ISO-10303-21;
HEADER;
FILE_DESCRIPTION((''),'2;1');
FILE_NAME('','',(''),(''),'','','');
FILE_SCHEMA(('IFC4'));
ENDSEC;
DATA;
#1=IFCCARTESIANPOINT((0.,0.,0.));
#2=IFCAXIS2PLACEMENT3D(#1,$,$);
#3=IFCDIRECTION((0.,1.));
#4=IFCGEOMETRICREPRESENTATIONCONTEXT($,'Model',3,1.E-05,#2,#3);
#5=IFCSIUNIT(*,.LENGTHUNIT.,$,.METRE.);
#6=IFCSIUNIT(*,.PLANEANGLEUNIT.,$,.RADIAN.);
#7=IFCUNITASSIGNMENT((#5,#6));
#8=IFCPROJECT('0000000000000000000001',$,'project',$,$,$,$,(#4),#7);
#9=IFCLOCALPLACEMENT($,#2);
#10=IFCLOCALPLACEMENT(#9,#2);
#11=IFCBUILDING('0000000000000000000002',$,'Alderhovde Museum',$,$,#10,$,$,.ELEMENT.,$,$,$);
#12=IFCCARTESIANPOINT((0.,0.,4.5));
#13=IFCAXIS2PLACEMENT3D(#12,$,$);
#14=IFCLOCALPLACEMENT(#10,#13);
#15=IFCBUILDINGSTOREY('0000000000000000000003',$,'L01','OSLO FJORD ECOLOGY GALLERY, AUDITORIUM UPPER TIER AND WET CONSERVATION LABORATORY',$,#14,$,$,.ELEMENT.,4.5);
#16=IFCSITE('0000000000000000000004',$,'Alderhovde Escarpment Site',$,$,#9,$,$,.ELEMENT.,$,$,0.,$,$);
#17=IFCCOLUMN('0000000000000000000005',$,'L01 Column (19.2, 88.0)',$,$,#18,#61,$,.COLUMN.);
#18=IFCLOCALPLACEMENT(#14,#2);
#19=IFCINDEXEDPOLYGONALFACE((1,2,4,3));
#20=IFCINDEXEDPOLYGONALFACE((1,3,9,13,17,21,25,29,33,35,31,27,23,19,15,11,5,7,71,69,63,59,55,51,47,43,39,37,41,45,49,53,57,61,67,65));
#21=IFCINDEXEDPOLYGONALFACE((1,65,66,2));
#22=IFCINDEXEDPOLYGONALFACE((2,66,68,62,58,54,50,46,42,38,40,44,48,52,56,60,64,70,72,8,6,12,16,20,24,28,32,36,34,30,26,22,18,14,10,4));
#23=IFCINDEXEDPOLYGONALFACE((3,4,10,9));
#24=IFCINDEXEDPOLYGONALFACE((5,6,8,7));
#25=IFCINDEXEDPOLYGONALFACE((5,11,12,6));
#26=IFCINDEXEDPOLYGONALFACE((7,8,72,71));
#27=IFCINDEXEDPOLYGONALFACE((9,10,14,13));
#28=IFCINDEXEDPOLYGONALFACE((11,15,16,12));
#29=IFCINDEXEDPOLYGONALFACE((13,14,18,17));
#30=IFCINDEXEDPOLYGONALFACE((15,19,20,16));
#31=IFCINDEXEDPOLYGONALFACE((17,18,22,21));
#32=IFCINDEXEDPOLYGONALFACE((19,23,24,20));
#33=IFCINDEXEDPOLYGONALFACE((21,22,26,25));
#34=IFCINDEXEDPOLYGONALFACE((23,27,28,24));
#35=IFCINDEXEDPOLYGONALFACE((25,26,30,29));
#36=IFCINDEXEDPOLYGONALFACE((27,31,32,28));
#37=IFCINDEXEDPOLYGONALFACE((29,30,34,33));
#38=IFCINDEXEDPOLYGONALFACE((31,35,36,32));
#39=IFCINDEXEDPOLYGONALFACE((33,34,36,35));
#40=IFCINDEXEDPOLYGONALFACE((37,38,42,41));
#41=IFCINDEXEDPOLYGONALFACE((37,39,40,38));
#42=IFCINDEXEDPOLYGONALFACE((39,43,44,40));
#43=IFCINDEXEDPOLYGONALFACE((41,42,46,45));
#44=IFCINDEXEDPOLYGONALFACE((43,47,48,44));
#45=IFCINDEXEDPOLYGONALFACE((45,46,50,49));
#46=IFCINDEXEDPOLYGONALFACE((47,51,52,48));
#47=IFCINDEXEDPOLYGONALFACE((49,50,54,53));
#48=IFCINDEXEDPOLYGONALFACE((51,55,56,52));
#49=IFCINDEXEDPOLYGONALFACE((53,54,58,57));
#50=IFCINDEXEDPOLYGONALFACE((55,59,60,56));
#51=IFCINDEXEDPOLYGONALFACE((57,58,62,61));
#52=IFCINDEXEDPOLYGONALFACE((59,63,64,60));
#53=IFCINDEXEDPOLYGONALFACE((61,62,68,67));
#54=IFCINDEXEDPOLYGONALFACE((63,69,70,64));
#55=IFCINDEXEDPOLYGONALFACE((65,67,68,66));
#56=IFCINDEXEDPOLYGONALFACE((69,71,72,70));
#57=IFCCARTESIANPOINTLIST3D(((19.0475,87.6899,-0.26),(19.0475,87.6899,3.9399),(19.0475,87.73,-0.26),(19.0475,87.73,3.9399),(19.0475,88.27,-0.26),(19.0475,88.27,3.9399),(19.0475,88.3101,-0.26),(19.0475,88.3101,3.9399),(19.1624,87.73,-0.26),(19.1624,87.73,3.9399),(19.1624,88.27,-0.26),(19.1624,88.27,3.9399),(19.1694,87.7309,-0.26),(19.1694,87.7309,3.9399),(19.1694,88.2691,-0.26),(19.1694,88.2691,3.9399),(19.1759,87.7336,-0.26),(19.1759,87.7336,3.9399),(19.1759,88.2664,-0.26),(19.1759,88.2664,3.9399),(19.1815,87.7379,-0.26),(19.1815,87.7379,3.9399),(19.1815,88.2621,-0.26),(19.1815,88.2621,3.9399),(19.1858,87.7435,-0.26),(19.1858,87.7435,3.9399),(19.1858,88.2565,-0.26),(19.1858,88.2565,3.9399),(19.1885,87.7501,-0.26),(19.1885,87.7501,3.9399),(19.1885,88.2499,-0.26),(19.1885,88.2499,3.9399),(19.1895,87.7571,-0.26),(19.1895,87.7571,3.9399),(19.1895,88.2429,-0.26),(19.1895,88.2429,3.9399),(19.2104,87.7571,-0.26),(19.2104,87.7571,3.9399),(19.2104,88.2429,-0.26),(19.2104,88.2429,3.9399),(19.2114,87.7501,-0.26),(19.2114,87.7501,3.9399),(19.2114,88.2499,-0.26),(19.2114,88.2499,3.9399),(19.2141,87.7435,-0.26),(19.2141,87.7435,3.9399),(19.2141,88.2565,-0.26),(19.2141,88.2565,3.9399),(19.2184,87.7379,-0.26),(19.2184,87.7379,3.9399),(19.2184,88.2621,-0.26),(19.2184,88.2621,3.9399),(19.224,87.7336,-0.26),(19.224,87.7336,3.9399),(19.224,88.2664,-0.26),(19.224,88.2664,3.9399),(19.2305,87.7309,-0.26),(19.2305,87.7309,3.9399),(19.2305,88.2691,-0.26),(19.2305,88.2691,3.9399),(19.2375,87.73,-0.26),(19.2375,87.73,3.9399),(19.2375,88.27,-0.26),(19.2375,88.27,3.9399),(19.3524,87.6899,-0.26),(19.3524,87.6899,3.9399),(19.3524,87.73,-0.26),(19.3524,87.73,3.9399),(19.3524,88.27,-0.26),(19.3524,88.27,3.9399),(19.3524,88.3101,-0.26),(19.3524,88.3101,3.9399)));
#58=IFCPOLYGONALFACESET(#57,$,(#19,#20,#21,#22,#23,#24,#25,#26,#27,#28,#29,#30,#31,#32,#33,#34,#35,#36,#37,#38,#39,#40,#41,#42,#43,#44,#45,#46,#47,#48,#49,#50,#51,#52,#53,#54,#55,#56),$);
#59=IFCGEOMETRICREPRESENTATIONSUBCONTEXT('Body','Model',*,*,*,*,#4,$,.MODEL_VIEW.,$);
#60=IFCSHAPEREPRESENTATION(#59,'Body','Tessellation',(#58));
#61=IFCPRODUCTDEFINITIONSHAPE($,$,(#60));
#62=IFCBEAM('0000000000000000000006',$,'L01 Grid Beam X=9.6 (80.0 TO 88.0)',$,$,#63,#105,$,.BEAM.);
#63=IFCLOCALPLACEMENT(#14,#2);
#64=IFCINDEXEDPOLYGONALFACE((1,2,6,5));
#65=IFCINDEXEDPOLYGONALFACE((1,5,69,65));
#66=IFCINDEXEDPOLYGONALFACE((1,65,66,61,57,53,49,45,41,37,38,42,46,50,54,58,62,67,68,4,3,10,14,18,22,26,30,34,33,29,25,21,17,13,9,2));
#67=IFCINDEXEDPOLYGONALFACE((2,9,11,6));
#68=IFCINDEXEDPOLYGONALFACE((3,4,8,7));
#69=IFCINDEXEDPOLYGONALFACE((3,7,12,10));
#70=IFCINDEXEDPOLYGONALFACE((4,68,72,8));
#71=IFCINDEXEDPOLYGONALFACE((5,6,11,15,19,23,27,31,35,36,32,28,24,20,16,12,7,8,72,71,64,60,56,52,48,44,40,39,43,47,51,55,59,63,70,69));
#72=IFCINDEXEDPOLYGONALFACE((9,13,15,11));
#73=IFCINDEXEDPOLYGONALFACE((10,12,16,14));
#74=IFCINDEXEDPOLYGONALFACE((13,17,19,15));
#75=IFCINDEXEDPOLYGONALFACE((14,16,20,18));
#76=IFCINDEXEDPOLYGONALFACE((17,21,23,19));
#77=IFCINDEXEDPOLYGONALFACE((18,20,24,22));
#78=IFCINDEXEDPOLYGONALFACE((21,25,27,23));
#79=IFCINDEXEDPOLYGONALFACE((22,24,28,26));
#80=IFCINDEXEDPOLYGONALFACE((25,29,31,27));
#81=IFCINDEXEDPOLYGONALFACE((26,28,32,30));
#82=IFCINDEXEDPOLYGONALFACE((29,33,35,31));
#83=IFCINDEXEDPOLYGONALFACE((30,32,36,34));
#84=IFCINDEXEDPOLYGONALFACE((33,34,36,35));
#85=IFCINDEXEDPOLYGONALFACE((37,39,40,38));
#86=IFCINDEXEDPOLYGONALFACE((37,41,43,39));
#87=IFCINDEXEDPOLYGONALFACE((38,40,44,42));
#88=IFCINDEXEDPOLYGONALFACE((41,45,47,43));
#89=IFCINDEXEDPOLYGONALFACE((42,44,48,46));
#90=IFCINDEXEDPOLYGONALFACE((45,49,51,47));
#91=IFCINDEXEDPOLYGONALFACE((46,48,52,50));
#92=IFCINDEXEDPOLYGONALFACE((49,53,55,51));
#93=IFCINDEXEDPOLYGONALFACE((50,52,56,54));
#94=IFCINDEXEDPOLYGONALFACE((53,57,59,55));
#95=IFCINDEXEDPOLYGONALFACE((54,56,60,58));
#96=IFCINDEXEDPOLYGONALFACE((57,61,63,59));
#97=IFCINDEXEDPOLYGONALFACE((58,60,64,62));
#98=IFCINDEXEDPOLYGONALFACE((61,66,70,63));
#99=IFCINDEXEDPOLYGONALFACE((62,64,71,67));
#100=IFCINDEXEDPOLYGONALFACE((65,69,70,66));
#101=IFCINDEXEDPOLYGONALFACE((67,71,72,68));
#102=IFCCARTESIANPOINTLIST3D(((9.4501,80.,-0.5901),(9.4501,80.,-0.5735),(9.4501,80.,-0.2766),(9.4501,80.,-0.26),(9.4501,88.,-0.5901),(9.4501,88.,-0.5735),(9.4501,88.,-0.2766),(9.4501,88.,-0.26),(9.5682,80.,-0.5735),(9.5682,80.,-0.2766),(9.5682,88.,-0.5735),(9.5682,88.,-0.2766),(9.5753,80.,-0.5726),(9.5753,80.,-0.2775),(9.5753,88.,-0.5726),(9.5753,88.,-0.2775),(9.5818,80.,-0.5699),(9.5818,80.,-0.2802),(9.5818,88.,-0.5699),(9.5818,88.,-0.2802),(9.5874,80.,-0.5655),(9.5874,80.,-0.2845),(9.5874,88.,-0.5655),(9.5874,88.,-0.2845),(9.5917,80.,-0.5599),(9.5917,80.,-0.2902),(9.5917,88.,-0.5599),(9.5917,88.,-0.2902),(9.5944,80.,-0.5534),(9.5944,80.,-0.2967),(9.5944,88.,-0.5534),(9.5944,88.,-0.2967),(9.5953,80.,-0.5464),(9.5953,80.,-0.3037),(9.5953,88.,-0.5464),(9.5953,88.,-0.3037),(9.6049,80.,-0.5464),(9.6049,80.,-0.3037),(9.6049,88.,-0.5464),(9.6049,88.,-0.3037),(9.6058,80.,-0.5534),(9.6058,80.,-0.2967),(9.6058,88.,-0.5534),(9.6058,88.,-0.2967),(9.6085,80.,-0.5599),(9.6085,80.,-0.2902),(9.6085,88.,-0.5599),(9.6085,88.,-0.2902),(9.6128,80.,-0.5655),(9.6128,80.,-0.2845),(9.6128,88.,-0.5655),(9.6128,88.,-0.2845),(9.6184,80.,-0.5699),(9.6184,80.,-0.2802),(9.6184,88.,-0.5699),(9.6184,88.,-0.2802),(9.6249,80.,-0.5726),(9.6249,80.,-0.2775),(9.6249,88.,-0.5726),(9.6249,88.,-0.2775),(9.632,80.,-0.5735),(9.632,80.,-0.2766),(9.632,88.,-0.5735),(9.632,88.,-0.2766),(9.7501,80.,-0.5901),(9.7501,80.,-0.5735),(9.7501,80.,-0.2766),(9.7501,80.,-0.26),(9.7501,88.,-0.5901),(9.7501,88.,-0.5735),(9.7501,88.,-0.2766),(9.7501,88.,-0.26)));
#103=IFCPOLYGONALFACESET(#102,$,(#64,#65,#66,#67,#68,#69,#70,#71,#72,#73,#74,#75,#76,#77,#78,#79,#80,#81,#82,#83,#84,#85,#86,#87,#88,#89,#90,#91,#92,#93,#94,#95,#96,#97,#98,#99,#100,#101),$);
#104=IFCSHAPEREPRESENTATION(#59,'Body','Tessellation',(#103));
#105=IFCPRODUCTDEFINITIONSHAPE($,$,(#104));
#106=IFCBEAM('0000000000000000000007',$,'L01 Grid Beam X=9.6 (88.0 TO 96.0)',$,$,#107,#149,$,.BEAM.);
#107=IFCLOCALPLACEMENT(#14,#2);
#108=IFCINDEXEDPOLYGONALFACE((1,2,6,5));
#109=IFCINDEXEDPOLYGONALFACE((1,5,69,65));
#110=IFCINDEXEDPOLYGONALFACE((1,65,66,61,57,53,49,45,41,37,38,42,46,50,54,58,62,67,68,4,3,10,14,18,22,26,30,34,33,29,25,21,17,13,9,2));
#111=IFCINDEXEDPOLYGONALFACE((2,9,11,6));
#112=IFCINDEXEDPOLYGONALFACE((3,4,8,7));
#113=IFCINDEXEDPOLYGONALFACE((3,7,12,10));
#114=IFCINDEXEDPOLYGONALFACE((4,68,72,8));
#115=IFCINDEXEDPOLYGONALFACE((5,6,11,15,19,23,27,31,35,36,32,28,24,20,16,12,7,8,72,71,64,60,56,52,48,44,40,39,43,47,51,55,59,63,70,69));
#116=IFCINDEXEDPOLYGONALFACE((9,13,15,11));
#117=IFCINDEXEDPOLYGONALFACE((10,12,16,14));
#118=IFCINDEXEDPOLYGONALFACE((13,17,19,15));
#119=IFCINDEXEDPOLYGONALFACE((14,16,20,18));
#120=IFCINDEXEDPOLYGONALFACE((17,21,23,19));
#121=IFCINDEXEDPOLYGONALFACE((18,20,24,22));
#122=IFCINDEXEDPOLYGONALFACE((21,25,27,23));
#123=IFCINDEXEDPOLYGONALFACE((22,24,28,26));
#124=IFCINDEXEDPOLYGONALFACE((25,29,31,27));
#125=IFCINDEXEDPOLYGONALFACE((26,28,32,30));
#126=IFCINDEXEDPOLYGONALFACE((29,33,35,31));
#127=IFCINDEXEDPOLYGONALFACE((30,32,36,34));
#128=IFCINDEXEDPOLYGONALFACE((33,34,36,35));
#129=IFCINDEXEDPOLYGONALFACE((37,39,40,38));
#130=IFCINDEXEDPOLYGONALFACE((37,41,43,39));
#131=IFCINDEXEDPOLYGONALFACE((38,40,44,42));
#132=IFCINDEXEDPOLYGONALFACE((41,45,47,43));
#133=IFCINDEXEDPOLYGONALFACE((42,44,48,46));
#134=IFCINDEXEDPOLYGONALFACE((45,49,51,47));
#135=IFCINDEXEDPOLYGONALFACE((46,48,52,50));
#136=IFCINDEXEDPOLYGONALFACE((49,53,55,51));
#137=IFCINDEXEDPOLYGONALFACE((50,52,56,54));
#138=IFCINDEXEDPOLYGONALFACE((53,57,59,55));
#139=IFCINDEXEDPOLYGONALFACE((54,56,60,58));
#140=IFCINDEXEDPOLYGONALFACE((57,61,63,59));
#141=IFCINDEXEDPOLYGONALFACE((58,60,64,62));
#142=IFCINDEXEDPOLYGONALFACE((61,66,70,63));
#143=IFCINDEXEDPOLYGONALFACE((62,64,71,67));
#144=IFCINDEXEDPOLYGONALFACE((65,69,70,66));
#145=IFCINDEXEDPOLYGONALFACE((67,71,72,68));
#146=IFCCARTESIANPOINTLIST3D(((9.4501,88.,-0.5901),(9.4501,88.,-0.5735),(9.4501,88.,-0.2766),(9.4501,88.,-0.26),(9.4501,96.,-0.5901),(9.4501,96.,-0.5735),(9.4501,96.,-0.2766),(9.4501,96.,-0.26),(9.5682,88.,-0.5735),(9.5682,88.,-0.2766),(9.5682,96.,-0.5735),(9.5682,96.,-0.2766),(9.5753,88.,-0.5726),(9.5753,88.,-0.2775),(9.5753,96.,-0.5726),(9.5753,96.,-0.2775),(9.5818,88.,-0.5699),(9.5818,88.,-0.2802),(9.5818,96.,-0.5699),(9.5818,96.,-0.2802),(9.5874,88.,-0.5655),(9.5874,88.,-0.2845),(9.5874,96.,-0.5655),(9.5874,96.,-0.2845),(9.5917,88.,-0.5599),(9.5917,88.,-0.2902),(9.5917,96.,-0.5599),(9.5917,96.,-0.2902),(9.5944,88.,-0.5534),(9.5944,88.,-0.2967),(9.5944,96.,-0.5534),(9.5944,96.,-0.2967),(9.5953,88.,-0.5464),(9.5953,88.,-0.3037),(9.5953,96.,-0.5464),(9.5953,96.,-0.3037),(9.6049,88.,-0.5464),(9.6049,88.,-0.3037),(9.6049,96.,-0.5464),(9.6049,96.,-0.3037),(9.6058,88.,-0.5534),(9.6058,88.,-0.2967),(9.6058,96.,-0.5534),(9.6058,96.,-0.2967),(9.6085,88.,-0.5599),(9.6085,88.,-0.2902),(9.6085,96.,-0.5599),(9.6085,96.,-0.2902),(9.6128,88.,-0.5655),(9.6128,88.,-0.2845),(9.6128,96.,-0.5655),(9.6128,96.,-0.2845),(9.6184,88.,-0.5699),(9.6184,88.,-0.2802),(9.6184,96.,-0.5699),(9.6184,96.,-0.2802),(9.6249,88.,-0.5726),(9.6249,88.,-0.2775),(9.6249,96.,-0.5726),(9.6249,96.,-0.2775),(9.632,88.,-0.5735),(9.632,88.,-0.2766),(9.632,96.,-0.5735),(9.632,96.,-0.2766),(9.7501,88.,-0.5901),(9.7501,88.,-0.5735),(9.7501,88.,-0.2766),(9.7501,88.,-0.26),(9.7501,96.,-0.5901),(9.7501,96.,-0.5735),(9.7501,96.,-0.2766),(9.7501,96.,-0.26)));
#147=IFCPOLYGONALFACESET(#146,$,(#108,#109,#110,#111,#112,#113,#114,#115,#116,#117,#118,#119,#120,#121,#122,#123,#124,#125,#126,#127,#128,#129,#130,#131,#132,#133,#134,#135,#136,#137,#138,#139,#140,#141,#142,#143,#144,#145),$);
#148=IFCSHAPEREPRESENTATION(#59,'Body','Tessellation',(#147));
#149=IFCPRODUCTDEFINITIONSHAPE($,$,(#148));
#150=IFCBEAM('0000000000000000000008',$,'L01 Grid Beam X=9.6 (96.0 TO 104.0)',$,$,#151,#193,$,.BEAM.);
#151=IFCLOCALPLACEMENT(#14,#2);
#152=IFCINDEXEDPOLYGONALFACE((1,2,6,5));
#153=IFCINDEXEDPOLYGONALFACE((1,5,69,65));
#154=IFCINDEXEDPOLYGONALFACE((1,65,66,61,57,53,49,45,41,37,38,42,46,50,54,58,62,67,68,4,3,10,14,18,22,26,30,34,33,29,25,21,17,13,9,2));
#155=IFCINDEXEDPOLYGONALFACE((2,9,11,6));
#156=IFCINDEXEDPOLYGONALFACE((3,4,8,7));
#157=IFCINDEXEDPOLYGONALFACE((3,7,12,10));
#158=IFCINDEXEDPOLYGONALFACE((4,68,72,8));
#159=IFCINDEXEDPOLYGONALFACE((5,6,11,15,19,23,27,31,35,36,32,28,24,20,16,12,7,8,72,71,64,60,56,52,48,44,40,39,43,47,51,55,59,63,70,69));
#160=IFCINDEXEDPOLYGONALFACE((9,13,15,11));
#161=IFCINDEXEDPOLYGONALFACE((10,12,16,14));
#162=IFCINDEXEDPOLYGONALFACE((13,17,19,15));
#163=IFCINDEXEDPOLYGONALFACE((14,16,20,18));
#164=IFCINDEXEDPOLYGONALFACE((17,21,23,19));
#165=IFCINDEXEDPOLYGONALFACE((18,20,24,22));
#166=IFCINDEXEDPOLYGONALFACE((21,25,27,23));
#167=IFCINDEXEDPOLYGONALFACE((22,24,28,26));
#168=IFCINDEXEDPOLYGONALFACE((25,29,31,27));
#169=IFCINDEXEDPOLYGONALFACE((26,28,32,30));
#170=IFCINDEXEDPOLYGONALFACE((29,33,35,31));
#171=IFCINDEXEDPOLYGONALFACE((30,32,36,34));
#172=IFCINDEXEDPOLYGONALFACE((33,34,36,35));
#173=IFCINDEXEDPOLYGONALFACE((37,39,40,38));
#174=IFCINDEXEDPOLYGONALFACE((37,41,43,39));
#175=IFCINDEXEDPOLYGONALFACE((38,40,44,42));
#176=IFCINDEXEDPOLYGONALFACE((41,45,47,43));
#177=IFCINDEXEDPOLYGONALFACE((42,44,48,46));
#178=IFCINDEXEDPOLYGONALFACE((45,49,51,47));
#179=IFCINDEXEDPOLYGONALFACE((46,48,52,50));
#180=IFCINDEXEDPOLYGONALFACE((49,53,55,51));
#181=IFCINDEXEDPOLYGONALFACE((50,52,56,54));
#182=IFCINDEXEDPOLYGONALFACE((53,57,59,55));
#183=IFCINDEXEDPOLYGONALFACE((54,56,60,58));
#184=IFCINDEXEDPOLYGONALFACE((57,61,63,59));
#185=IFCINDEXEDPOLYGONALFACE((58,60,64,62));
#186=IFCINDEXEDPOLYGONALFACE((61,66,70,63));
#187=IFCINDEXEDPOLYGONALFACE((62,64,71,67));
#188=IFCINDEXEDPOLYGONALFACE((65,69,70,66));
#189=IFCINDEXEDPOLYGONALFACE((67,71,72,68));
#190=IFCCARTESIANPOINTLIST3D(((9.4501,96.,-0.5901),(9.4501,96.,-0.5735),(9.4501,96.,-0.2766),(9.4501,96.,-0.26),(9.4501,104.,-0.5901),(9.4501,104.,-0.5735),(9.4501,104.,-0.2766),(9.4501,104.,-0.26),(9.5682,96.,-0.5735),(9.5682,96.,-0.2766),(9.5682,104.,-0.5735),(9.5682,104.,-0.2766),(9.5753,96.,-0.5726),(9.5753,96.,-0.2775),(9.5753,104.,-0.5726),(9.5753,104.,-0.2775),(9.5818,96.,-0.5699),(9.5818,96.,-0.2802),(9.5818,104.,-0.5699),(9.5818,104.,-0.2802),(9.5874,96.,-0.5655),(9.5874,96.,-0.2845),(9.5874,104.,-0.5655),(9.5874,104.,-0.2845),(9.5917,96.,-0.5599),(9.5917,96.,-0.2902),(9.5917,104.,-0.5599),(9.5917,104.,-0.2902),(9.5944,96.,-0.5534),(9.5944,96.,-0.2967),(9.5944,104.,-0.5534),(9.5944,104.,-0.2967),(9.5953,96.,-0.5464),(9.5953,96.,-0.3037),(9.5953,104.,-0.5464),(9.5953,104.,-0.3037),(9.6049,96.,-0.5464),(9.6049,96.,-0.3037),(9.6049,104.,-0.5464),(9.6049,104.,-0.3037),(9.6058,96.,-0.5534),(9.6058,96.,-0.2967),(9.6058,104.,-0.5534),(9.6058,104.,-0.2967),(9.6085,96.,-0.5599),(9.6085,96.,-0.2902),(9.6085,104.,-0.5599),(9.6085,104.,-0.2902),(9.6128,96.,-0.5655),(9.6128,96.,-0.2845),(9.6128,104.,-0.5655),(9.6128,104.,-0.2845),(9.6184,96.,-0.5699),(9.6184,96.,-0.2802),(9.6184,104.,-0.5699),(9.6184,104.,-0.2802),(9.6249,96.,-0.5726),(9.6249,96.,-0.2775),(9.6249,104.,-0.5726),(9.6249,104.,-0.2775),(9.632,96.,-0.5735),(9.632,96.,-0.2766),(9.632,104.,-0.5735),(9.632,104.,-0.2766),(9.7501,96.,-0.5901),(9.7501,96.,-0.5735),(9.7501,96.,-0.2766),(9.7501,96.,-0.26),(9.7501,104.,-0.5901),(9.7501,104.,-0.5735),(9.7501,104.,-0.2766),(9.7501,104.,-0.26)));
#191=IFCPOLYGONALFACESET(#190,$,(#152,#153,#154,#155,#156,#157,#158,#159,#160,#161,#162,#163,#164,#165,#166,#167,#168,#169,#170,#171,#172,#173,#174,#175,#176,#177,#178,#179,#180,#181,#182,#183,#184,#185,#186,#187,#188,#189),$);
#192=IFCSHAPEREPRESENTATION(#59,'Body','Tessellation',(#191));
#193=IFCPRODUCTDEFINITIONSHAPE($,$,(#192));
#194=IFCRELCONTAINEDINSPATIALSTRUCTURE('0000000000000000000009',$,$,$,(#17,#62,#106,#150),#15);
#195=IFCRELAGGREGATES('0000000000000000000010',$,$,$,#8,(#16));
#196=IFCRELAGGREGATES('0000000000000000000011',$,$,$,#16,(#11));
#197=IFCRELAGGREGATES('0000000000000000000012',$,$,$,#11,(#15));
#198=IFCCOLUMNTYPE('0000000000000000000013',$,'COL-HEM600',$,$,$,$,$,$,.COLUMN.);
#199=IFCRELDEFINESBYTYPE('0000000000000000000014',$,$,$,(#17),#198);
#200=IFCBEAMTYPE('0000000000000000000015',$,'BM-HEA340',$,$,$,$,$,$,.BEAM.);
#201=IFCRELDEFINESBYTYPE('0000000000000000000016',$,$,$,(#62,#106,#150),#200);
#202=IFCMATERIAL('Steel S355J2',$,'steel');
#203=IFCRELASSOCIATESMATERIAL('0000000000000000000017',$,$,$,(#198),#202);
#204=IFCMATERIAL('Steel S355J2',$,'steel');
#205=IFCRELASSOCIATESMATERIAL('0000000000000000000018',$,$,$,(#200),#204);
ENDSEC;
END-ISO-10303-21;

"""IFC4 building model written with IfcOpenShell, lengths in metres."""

from ifc_helpers import new_model, si_unit, direction, frame, origin, origin_2d, place, context, subcontext, project, spatial, i_section, extrude, material, material_profile, profile_set, type_object, element, save


model = new_model("IFC4")

# Units and contexts
model_context = context("Model", 3, precision=1e-05, world=origin(), true_north=direction((0.0, 1.0)))
body_context = subcontext(model_context, "Body", "Model", "MODEL_VIEW")
ifc_project = project(units=[si_unit("LENGTHUNIT", "METRE"), si_unit("PLANEANGLEUNIT", "RADIAN")], contexts=[model_context])

# Site, building, storey
site_placement = place(None, origin())
site = spatial("IfcSite", under=ifc_project, at=site_placement, Name="Alderhovde Escarpment Site", CompositionType="ELEMENT", RefElevation=0.0)
building_placement = place(site_placement, origin())
building = spatial("IfcBuilding", under=site, at=building_placement, Name="Alderhovde Museum", CompositionType="ELEMENT")
storey_placement = place(building_placement, frame((0.0, 0.0, 4.5)))
storey = spatial("IfcBuildingStorey", under=building, at=storey_placement, Name="L01", Description="OSLO FJORD ECOLOGY GALLERY, AUDITORIUM UPPER TIER AND WET CONSERVATION LABORATORY", CompositionType="ELEMENT", Elevation=4.5)

# Column
ifc_material_1 = material(Name="Steel S355J2", Category="steel")
ifc_material_profile_1 = material_profile(ifc_material_1, i_section(OverallWidth=0.3049, OverallDepth=0.6201, WebThickness=0.021, FlangeThickness=0.04, FilletRadius=0.0271, at=origin_2d()), Name="HEM 600")
ifc_profile_set_1 = profile_set([ifc_material_profile_1], Name="Steel S355J2")
column_type = type_object("IfcColumnType", Name="COL-HEM600", PredefinedType="COLUMN", material=ifc_profile_set_1)
for number, where, z_axis, x_axis, name in (
    (1, (19.2, 88.0, -0.26), (0.0, 0.0, 1.0), (1.0, 0.0, 0.0), "L01 Column (19.2, 88.0)"),
):
    element("IfcColumn", number, at=place(storey_placement, frame(where, z_axis=z_axis, x_axis=x_axis)), inside=storey, type_object=column_type, Name=name, PredefinedType="COLUMN", context=body_context, shape_type="SweptSolid", body=[
        extrude(i_section(OverallWidth=0.3049, OverallDepth=0.6201, WebThickness=0.021, FlangeThickness=0.04, FilletRadius=0.0271, at=origin_2d()), origin(), (0.0, 0.0, 1.0), 4.2),
    ])

# Beams
ifc_material_2 = material(Name="Steel S355J2", Category="steel")
ifc_material_profile_2 = material_profile(ifc_material_2, i_section(OverallWidth=0.3, OverallDepth=0.3301, WebThickness=0.0095, FlangeThickness=0.0166, FilletRadius=0.0271, at=origin_2d()), Name="HEA 340")
ifc_profile_set_2 = profile_set([ifc_material_profile_2], Name="Steel S355J2")
beam_type_1 = type_object("IfcBeamType", Name="BM-HEA340", PredefinedType="BEAM", material=ifc_profile_set_2)
for number, where, z_axis, x_axis, name in (
    (2, (9.6001, 80.0, -0.425), (0.0, 1.0, 0.0), (-1.0, 0.0, 0.0), "L01 Grid Beam X=9.6 (80.0 TO 88.0)"),
    (3, (9.6001, 88.0, -0.425), (0.0, 1.0, 0.0), (-1.0, 0.0, 0.0), "L01 Grid Beam X=9.6 (88.0 TO 96.0)"),
    (4, (9.6001, 96.0, -0.425), (0.0, 1.0, 0.0), (-1.0, 0.0, 0.0), "L01 Grid Beam X=9.6 (96.0 TO 104.0)"),
):
    element("IfcBeam", number, at=place(storey_placement, frame(where, z_axis=z_axis, x_axis=x_axis)), inside=storey, type_object=beam_type_1, Name=name, PredefinedType="BEAM", context=body_context, shape_type="SweptSolid", body=[
        extrude(i_section(OverallWidth=0.3, OverallDepth=0.3301, WebThickness=0.0095, FlangeThickness=0.0166, FilletRadius=0.0271, at=origin_2d()), origin(), (0.0, 0.0, 1.0), 8.0),
    ])

save(model, "model.ifc")
